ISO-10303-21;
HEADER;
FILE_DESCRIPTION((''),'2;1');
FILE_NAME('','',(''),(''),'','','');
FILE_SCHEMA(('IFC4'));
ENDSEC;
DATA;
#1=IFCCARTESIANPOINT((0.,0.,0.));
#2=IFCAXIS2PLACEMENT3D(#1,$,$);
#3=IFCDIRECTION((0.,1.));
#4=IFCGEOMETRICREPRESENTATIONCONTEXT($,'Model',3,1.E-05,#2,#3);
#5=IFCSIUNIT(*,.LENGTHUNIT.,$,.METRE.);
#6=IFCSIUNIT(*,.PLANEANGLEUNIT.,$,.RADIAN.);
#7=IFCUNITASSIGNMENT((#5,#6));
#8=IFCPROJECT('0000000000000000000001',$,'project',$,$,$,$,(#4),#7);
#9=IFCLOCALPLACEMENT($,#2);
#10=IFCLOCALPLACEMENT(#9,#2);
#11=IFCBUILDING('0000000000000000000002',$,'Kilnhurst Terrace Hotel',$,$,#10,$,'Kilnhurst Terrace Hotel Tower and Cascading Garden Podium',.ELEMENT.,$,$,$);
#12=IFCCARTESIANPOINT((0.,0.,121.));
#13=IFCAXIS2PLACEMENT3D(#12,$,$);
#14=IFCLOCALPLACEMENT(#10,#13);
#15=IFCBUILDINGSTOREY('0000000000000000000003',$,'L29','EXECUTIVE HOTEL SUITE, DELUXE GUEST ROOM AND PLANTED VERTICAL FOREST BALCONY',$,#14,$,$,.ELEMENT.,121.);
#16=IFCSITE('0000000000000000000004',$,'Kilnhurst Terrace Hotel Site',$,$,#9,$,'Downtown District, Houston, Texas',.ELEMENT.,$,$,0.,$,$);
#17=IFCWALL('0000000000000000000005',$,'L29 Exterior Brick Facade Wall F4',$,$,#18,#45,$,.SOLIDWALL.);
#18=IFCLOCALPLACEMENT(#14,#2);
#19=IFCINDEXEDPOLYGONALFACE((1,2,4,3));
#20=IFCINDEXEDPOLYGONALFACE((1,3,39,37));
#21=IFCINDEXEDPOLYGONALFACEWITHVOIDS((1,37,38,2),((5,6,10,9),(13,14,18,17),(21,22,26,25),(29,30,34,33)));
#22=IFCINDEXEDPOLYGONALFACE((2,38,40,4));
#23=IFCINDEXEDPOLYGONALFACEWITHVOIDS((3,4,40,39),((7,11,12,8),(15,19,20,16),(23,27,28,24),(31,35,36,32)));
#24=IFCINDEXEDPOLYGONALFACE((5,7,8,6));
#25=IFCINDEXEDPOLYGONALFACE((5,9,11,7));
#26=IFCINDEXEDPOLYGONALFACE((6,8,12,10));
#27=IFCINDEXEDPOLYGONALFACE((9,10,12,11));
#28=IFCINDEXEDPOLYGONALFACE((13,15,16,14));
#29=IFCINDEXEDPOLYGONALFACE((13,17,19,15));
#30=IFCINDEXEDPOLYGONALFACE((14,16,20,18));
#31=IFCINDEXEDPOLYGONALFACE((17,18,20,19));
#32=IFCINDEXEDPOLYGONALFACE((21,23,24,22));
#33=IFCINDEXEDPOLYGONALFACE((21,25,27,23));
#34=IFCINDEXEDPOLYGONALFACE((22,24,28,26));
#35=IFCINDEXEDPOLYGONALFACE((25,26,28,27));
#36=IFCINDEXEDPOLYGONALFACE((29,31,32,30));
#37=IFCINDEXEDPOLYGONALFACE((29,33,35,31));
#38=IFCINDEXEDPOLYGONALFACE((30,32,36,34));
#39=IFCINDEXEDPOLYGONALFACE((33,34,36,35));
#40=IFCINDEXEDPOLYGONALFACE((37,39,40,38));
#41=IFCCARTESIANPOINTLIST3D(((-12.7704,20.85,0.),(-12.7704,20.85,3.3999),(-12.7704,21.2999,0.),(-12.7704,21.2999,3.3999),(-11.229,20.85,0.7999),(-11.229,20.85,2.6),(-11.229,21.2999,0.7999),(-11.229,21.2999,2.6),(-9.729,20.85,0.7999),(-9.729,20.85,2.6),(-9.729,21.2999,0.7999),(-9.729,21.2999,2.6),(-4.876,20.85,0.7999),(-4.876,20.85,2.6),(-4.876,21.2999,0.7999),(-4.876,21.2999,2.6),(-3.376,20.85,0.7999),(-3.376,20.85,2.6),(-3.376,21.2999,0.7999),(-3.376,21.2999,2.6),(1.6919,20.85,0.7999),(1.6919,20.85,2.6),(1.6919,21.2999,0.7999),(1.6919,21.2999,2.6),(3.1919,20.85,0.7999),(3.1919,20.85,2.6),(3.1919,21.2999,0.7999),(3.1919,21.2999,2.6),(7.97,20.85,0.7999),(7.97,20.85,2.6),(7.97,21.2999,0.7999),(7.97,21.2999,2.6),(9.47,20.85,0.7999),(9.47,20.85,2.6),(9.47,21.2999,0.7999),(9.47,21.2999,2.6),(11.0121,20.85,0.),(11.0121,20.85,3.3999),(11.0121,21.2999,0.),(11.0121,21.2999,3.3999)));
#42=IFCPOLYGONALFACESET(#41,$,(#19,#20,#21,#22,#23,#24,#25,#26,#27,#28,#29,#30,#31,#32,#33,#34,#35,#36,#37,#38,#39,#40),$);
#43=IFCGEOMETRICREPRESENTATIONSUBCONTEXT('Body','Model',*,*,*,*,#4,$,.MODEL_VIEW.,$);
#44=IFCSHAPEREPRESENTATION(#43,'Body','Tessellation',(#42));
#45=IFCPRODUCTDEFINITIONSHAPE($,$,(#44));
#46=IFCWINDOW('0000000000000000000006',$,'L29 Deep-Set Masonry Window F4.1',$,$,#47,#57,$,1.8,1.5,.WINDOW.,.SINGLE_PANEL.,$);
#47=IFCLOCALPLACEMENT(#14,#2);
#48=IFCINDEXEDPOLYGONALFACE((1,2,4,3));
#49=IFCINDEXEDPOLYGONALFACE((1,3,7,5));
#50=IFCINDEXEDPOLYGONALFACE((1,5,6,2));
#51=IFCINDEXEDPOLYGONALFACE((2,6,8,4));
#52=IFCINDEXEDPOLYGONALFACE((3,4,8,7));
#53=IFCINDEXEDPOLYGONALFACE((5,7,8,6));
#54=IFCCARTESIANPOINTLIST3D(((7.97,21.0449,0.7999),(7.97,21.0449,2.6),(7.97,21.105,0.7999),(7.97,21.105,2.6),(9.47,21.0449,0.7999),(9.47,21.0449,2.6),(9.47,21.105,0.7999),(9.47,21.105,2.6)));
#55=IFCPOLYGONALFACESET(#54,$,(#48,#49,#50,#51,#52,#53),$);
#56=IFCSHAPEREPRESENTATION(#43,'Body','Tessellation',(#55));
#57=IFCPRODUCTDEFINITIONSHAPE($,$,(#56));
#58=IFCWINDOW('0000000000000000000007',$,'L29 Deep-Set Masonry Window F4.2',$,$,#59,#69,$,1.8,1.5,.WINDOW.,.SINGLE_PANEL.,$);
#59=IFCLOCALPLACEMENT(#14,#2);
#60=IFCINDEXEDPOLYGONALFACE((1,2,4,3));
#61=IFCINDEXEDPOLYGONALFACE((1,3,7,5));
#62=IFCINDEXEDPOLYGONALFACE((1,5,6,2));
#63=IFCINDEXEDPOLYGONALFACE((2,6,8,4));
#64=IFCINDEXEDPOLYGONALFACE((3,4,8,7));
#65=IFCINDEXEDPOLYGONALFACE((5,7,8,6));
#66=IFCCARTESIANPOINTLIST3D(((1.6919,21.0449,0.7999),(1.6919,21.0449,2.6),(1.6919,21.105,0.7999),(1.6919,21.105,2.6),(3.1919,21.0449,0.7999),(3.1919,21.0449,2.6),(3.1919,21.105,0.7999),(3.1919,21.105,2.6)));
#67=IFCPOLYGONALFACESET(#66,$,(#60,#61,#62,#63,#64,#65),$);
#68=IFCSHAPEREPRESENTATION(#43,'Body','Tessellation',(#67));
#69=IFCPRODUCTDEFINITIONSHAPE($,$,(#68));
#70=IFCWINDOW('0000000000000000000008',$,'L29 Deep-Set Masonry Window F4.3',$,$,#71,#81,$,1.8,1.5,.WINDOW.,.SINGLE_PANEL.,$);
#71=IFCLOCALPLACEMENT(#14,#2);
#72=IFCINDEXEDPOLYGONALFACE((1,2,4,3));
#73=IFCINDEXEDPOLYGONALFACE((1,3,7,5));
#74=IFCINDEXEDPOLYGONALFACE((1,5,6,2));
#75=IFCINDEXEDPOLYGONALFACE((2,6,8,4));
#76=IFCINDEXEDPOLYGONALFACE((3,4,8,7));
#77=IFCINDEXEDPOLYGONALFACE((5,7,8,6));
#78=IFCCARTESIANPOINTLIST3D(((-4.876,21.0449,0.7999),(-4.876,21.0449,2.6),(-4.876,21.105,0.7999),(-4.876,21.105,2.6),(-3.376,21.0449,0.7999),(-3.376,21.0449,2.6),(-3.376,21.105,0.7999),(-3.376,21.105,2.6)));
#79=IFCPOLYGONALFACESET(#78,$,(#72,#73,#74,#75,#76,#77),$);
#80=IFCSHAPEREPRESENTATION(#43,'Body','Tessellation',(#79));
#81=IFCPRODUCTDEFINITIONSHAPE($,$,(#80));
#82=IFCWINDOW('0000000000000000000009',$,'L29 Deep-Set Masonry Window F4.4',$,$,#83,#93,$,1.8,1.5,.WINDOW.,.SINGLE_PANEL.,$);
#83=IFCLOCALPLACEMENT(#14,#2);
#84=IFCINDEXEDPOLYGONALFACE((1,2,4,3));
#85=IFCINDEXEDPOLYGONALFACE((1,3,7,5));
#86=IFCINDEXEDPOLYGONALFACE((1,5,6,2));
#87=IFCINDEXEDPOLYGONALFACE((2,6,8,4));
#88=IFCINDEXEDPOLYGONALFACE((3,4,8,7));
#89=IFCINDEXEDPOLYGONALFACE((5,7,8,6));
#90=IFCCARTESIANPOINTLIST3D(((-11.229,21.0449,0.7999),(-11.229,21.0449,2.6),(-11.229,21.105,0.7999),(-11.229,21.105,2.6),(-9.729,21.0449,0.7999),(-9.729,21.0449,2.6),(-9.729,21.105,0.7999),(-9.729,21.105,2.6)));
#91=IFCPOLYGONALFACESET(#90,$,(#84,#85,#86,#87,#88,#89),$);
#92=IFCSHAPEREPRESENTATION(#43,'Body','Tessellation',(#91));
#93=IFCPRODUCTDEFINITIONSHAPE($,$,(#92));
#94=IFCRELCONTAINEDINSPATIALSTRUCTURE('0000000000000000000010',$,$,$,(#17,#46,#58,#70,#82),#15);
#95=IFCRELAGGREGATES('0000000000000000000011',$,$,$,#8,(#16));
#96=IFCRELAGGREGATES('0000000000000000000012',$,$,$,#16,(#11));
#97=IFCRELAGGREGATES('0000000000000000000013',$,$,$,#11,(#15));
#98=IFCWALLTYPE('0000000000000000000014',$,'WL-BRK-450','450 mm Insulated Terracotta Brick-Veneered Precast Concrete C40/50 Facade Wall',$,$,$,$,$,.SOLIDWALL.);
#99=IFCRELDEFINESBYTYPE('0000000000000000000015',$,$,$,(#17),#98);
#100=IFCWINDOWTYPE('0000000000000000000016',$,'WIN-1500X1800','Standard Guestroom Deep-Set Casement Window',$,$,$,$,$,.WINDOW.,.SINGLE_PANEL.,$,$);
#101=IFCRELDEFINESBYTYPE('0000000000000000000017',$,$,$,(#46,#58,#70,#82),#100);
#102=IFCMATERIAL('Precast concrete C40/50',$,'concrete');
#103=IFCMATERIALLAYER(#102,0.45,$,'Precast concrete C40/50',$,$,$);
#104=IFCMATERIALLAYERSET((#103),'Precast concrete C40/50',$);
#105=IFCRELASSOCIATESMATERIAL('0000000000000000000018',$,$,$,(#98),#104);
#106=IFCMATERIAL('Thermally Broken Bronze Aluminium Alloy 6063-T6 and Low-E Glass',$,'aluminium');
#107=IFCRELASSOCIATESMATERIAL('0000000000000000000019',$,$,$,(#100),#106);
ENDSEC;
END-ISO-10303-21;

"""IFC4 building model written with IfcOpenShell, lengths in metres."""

from ifc_helpers import new_model, si_unit, direction, frame, frame_2d, origin, place, context, subcontext, project, spatial, rectangle, extrude, material, layer, layer_set, type_object, element, fill, save


model = new_model("IFC4")

# Units and contexts
model_context = context("Model", 3, precision=1e-05, world=origin(), true_north=direction((0.0, 1.0)))
body_context = subcontext(model_context, "Body", "Model", "MODEL_VIEW")
ifc_project = project(units=[si_unit("LENGTHUNIT", "METRE"), si_unit("PLANEANGLEUNIT", "RADIAN")], contexts=[model_context])

# Site, building, storey
site_placement = place(None, origin())
site = spatial("IfcSite", under=ifc_project, at=site_placement, Name="Kilnhurst Terrace Hotel Site", LongName="Downtown District, Houston, Texas", CompositionType="ELEMENT", RefElevation=0.0)
building_placement = place(site_placement, origin())
building = spatial("IfcBuilding", under=site, at=building_placement, Name="Kilnhurst Terrace Hotel", LongName="Kilnhurst Terrace Hotel Tower and Cascading Garden Podium", CompositionType="ELEMENT")
storey_placement = place(building_placement, frame((0.0, 0.0, 121.0)))
storey = spatial("IfcBuildingStorey", under=building, at=storey_placement, Name="L29", Description="EXECUTIVE HOTEL SUITE, DELUXE GUEST ROOM AND PLANTED VERTICAL FOREST BALCONY", CompositionType="ELEMENT", Elevation=121.0)

# Shared definitions
ifc_material_1 = material(Name="Precast concrete C40/50", Category="concrete")
ifc_layer_1 = layer(ifc_material_1, 0.45, Name="Precast concrete C40/50")
ifc_layer_set_1 = layer_set([ifc_layer_1], Name="Precast concrete C40/50")
wall_type_1 = type_object("IfcWallType", Name="WL-BRK-450", Description="450 mm Insulated Terracotta Brick-Veneered Precast Concrete C40/50 Facade Wall", PredefinedType="SOLIDWALL", material=ifc_layer_set_1)

# Wall, openings, windows
wall_1_placement = place(storey_placement, frame((11.012, 21.075, 0.0), z_axis=(0.0, 0.0, 1.0), x_axis=(-1.0, 0.0, 0.0)))
wall_1 = element("IfcWall", 1, at=wall_1_placement, inside=storey, type_object=wall_type_1, Name="L29 Exterior Brick Facade Wall F4", PredefinedType="SOLIDWALL", context=body_context, shape_type="SweptSolid", body=[
    extrude(rectangle(XDim=23.7825, YDim=0.45, at=frame_2d((11.8911, 0.0))), origin(), (0.0, 0.0, 1.0), 3.3999),
])
opening_1_placement = place(wall_1_placement, frame((1.542, 0.0, 0.8)))
opening_1 = element("IfcOpeningElement", 2, at=opening_1_placement, cuts=wall_1, PredefinedType="OPENING", context=body_context, shape_type="SweptSolid", body=[
    extrude(rectangle(XDim=1.5, YDim=1.8, at=frame_2d((0.75, 0.8999))), frame((0.0, 0.2349, 0.0), z_axis=(0.0, -1.0, 0.0), x_axis=(1.0, 0.0, 0.0)), (0.0, 0.0, 1.0), 0.47),
])
opening_2_placement = place(wall_1_placement, frame((7.8201, 0.0, 0.8)))
opening_2 = element("IfcOpeningElement", 3, at=opening_2_placement, cuts=wall_1, PredefinedType="OPENING", context=body_context, shape_type="SweptSolid", body=[
    extrude(rectangle(XDim=1.5, YDim=1.8, at=frame_2d((0.75, 0.8999))), frame((0.0, 0.2349, 0.0), z_axis=(0.0, -1.0, 0.0), x_axis=(1.0, 0.0, 0.0)), (0.0, 0.0, 1.0), 0.47),
])
opening_3_placement = place(wall_1_placement, frame((14.3879, 0.0, 0.8)))
opening_3 = element("IfcOpeningElement", 4, at=opening_3_placement, cuts=wall_1, PredefinedType="OPENING", context=body_context, shape_type="SweptSolid", body=[
    extrude(rectangle(XDim=1.5, YDim=1.8, at=frame_2d((0.75, 0.8999))), frame((0.0, 0.2349, 0.0), z_axis=(0.0, -1.0, 0.0), x_axis=(1.0, 0.0, 0.0)), (0.0, 0.0, 1.0), 0.47),
])
opening_4_placement = place(wall_1_placement, frame((20.741, 0.0, 0.8)))
opening_4 = element("IfcOpeningElement", 5, at=opening_4_placement, cuts=wall_1, PredefinedType="OPENING", context=body_context, shape_type="SweptSolid", body=[
    extrude(rectangle(XDim=1.5, YDim=1.8, at=frame_2d((0.75, 0.8999))), frame((0.0, 0.2349, 0.0), z_axis=(0.0, -1.0, 0.0), x_axis=(1.0, 0.0, 0.0)), (0.0, 0.0, 1.0), 0.47),
])
ifc_material_2 = material(Name="Thermally Broken Bronze Aluminium Alloy 6063-T6 and Low-E Glass", Category="aluminium")
window_type = type_object("IfcWindowType", Name="WIN-1500X1800", Description="Standard Guestroom Deep-Set Casement Window", PartitioningType="SINGLE_PANEL", PredefinedType="WINDOW", material=ifc_material_2)
window_1_placement = place(opening_1_placement, origin())
window_1 = element("IfcWindow", 6, at=window_1_placement, inside=storey, type_object=window_type, Name="L29 Deep-Set Masonry Window F4.1", OverallHeight=1.8, OverallWidth=1.5, PartitioningType="SINGLE_PANEL", PredefinedType="WINDOW", context=body_context, shape_type="SweptSolid", body=[
    extrude(rectangle(XDim=1.5, YDim=1.8, at=frame_2d((0.75, 0.8999))), frame((0.0, 0.03, 0.0), z_axis=(0.0, -1.0, 0.0), x_axis=(1.0, 0.0, 0.0)), (0.0, 0.0, 1.0), 0.0601),
])
fill(opening_1, window_1)
window_2_placement = place(opening_2_placement, origin())
window_2 = element("IfcWindow", 7, at=window_2_placement, inside=storey, type_object=window_type, Name="L29 Deep-Set Masonry Window F4.2", OverallHeight=1.8, OverallWidth=1.5, PartitioningType="SINGLE_PANEL", PredefinedType="WINDOW", context=body_context, shape_type="SweptSolid", body=[
    extrude(rectangle(XDim=1.5, YDim=1.8, at=frame_2d((0.75, 0.8999))), frame((0.0, 0.03, 0.0), z_axis=(0.0, -1.0, 0.0), x_axis=(1.0, 0.0, 0.0)), (0.0, 0.0, 1.0), 0.0601),
])
fill(opening_2, window_2)
window_3_placement = place(opening_3_placement, origin())
window_3 = element("IfcWindow", 8, at=window_3_placement, inside=storey, type_object=window_type, Name="L29 Deep-Set Masonry Window F4.3", OverallHeight=1.8, OverallWidth=1.5, PartitioningType="SINGLE_PANEL", PredefinedType="WINDOW", context=body_context, shape_type="SweptSolid", body=[
    extrude(rectangle(XDim=1.5, YDim=1.8, at=frame_2d((0.75, 0.8999))), frame((0.0, 0.03, 0.0), z_axis=(0.0, -1.0, 0.0), x_axis=(1.0, 0.0, 0.0)), (0.0, 0.0, 1.0), 0.0601),
])
fill(opening_3, window_3)
window_4_placement = place(opening_4_placement, origin())
window_4 = element("IfcWindow", 9, at=window_4_placement, inside=storey, type_object=window_type, Name="L29 Deep-Set Masonry Window F4.4", OverallHeight=1.8, OverallWidth=1.5, PartitioningType="SINGLE_PANEL", PredefinedType="WINDOW", context=body_context, shape_type="SweptSolid", body=[
    extrude(rectangle(XDim=1.5, YDim=1.8, at=frame_2d((0.75, 0.8999))), frame((0.0, 0.03, 0.0), z_axis=(0.0, -1.0, 0.0), x_axis=(1.0, 0.0, 0.0)), (0.0, 0.0, 1.0), 0.0601),
])
fill(opening_4, window_4)

save(model, "model.ifc")
